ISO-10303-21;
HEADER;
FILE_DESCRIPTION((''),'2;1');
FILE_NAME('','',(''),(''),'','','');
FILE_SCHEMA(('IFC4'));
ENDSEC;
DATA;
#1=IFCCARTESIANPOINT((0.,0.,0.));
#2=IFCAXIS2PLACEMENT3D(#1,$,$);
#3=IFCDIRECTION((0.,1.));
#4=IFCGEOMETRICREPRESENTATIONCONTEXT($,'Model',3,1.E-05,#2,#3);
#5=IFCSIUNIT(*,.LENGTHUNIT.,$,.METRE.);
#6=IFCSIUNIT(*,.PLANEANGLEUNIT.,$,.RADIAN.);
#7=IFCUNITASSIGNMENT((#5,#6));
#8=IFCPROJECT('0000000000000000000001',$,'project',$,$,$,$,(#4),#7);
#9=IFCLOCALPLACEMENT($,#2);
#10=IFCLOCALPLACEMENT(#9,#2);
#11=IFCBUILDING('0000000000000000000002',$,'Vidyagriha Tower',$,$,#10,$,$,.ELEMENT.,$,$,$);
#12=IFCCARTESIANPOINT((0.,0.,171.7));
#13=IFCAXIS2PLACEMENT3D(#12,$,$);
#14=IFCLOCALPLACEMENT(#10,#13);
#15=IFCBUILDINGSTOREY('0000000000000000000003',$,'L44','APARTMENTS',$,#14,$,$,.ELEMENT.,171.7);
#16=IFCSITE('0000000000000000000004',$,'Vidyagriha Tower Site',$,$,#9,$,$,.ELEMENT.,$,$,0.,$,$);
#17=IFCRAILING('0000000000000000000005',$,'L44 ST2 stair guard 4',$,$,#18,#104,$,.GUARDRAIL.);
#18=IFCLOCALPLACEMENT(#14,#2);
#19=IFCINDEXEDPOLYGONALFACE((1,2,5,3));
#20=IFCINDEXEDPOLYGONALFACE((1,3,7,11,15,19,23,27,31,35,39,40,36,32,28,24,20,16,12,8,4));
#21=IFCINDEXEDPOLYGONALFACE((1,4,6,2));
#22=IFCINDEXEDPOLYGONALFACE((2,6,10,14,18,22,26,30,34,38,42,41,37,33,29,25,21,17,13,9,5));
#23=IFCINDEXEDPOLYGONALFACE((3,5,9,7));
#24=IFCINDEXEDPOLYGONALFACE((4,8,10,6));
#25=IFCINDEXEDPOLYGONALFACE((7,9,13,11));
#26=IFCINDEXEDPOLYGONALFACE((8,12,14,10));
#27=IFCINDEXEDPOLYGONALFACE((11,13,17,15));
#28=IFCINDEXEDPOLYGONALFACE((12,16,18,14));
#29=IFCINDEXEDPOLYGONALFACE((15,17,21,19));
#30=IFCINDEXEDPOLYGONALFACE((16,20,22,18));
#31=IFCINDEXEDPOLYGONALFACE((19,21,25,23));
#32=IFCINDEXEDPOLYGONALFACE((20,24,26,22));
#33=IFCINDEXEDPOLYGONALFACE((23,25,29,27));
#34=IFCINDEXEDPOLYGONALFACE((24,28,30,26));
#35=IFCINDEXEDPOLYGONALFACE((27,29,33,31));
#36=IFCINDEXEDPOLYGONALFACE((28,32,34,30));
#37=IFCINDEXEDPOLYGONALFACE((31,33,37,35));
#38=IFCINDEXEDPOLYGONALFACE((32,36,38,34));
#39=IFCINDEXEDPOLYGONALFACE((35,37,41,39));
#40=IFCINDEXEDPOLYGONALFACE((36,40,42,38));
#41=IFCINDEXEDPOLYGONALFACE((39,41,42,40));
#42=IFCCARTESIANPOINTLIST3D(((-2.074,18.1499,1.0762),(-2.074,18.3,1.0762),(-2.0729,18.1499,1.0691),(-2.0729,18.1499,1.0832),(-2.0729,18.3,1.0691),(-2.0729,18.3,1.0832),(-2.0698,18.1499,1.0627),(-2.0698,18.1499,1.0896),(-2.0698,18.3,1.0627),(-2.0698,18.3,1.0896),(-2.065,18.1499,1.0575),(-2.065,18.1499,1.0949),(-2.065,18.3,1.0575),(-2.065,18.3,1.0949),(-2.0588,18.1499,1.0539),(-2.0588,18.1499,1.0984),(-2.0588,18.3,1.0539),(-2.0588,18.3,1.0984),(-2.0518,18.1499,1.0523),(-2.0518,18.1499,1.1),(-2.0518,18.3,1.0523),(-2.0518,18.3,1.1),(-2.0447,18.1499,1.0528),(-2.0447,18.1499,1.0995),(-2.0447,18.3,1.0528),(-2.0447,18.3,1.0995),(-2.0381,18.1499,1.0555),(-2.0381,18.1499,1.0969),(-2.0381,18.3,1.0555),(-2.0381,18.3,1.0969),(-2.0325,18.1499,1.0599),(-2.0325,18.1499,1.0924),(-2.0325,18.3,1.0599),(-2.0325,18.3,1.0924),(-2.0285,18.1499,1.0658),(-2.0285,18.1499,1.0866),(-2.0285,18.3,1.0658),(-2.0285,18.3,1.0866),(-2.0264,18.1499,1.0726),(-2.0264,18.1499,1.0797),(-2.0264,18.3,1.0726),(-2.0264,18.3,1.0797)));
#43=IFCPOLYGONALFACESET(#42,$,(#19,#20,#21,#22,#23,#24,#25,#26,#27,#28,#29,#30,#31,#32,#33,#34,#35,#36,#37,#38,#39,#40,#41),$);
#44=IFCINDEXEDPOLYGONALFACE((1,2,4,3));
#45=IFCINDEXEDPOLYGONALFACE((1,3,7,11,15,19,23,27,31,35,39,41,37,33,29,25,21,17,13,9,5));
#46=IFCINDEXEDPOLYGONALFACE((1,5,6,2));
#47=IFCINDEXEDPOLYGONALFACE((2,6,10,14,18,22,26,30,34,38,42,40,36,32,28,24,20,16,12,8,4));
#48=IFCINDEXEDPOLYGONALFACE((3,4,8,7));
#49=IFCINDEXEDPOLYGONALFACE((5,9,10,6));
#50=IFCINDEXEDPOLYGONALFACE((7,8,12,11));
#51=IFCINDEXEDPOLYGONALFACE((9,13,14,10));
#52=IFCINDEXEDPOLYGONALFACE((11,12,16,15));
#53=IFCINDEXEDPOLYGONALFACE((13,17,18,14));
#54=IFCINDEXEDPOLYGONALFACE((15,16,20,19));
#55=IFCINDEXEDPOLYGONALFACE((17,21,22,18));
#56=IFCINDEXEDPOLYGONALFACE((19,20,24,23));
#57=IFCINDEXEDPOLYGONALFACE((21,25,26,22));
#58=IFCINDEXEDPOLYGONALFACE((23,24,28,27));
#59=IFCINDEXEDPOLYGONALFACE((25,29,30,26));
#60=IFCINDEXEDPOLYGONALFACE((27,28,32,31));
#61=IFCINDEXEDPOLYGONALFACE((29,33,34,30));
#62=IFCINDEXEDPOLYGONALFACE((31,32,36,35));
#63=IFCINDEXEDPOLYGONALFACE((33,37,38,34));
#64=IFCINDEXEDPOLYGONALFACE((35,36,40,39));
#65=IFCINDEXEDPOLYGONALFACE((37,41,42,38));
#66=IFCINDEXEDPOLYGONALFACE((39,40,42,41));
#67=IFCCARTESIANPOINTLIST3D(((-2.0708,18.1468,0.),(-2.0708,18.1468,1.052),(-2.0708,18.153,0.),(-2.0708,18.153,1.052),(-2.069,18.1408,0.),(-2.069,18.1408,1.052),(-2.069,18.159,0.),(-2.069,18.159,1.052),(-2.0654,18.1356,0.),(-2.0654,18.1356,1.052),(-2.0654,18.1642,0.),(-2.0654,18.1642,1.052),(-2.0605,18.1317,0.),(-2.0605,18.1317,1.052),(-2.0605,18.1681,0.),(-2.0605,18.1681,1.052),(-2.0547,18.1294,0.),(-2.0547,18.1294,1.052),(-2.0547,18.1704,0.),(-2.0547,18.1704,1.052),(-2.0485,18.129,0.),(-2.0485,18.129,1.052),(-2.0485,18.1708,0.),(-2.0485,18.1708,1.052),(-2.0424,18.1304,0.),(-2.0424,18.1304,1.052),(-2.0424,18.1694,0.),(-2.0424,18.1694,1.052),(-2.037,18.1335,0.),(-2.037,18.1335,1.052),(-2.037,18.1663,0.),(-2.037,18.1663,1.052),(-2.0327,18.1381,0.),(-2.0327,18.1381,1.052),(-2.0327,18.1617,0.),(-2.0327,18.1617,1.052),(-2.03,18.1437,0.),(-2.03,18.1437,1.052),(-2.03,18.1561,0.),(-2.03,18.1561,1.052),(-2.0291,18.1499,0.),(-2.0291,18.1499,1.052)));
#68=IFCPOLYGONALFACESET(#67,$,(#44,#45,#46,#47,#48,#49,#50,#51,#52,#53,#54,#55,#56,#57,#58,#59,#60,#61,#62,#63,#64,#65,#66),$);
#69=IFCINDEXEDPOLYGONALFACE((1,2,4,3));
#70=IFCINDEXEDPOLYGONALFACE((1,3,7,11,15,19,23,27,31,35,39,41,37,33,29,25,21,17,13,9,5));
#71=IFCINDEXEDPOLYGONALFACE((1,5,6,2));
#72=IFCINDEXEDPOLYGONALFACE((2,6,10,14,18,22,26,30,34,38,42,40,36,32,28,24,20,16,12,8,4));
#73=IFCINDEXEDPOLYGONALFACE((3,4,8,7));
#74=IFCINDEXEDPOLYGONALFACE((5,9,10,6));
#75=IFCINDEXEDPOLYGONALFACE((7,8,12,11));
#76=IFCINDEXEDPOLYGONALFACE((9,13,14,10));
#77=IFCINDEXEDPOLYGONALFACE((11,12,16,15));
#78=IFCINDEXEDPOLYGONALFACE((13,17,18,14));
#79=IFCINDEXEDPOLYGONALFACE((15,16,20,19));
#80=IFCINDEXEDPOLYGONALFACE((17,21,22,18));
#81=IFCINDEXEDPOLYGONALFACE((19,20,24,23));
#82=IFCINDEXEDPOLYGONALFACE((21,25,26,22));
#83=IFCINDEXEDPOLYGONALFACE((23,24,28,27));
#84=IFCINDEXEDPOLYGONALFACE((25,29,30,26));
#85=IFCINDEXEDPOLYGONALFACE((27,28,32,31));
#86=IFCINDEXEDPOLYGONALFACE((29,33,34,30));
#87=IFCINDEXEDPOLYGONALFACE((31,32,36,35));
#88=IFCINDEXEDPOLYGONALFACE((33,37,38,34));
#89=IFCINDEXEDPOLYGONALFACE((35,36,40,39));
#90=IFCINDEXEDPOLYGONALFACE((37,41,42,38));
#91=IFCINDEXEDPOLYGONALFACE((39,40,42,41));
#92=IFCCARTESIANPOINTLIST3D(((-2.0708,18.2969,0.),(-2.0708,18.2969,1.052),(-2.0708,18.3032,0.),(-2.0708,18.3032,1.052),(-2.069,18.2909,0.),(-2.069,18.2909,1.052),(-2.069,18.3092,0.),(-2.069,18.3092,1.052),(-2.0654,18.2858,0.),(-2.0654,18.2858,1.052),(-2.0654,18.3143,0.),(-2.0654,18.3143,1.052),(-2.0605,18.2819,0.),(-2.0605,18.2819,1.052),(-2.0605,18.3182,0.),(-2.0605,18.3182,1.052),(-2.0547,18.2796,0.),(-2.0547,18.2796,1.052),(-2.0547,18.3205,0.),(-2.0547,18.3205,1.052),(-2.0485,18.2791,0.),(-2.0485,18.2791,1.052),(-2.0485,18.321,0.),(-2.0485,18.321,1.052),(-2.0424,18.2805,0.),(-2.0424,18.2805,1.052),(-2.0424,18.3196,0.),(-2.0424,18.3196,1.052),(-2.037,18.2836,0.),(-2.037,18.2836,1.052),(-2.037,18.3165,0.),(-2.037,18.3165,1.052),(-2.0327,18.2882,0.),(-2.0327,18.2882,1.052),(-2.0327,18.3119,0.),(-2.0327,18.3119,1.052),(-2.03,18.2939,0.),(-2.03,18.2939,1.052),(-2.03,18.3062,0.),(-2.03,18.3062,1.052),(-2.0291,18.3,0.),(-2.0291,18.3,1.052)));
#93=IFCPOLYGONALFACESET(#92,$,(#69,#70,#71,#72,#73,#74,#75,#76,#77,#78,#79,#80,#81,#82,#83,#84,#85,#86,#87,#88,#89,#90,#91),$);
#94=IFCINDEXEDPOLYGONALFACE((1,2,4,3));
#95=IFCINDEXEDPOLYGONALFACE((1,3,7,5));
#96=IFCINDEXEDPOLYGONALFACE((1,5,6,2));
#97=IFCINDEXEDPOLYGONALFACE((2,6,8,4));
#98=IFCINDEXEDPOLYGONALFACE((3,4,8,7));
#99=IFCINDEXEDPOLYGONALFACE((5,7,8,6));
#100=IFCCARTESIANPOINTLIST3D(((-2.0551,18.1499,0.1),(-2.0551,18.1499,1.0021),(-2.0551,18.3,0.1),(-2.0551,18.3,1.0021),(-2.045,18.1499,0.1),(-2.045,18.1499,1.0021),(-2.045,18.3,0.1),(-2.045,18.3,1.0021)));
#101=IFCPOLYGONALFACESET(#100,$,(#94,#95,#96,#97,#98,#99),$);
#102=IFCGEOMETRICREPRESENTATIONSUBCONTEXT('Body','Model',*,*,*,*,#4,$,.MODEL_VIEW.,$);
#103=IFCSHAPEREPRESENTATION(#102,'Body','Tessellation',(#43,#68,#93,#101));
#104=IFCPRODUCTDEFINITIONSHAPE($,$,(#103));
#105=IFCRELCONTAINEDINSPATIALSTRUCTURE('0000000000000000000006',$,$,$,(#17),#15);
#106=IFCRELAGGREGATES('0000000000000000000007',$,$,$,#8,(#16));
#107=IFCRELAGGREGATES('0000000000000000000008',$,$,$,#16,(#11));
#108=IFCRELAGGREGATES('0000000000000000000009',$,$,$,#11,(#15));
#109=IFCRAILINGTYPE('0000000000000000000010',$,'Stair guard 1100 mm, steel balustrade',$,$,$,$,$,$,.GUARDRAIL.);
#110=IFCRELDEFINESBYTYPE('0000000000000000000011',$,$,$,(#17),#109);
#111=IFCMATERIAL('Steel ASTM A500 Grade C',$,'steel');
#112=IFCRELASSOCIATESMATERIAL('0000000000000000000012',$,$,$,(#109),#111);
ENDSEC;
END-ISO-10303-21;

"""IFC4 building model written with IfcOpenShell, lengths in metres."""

from ifc_helpers import new_model, si_unit, direction, frame, origin, origin_2d, place, context, subcontext, project, spatial, rectangle, circle, extrude, material, type_object, element, save


model = new_model("IFC4")

# Units and contexts
model_context = context("Model", 3, precision=1e-05, world=origin(), true_north=direction((0.0, 1.0)))
body_context = subcontext(model_context, "Body", "Model", "MODEL_VIEW")
ifc_project = project(units=[si_unit("LENGTHUNIT", "METRE"), si_unit("PLANEANGLEUNIT", "RADIAN")], contexts=[model_context])

# Site, building, storey
site_placement = place(None, origin())
site = spatial("IfcSite", under=ifc_project, at=site_placement, Name="Vidyagriha Tower Site", CompositionType="ELEMENT", RefElevation=0.0)
building_placement = place(site_placement, origin())
building = spatial("IfcBuilding", under=site, at=building_placement, Name="Vidyagriha Tower", CompositionType="ELEMENT")
storey_placement = place(building_placement, frame((0.0, 0.0, 171.7)))
storey = spatial("IfcBuildingStorey", under=building, at=storey_placement, Name="L44", Description="APARTMENTS", CompositionType="ELEMENT", Elevation=171.7)

# Railing
ifc_material_1 = material(Name="Steel ASTM A500 Grade C", Category="steel")
railing_type_1 = type_object("IfcRailingType", Name="Stair guard 1100 mm, steel balustrade", PredefinedType="GUARDRAIL", material=ifc_material_1)
railing_1_placement = place(storey_placement, frame((-2.05, 18.1499, 0.0)))
element("IfcRailing", 1, at=railing_1_placement, inside=storey, type_object=railing_type_1, Name="L44 ST2 stair guard 4", PredefinedType="GUARDRAIL", context=body_context, shape_type="SweptSolid", body=[
    extrude(circle(Radius=0.0239, at=origin_2d()), frame((0.0, 0.0, 1.0762), z_axis=(0.0, 1.0, 0.0), x_axis=(-1.0, 0.0, 0.0)), (0.0, 0.0, 1.0), 0.1501),
    extrude(circle(Radius=0.021, at=origin_2d()), origin(), (0.0, 0.0, 1.0), 1.052),
    extrude(circle(Radius=0.021, at=origin_2d()), frame((0.0, 0.1501, 0.0)), (0.0, 0.0, 1.0), 1.052),
    extrude(rectangle(XDim=0.01, YDim=0.9021, at=origin_2d()), frame((0.0, 0.0, 0.551), z_axis=(0.0, 1.0, 0.0), x_axis=(-1.0, 0.0, 0.0)), (0.0, 0.0, 1.0), 0.1501),
])

save(model, "model.ifc")
